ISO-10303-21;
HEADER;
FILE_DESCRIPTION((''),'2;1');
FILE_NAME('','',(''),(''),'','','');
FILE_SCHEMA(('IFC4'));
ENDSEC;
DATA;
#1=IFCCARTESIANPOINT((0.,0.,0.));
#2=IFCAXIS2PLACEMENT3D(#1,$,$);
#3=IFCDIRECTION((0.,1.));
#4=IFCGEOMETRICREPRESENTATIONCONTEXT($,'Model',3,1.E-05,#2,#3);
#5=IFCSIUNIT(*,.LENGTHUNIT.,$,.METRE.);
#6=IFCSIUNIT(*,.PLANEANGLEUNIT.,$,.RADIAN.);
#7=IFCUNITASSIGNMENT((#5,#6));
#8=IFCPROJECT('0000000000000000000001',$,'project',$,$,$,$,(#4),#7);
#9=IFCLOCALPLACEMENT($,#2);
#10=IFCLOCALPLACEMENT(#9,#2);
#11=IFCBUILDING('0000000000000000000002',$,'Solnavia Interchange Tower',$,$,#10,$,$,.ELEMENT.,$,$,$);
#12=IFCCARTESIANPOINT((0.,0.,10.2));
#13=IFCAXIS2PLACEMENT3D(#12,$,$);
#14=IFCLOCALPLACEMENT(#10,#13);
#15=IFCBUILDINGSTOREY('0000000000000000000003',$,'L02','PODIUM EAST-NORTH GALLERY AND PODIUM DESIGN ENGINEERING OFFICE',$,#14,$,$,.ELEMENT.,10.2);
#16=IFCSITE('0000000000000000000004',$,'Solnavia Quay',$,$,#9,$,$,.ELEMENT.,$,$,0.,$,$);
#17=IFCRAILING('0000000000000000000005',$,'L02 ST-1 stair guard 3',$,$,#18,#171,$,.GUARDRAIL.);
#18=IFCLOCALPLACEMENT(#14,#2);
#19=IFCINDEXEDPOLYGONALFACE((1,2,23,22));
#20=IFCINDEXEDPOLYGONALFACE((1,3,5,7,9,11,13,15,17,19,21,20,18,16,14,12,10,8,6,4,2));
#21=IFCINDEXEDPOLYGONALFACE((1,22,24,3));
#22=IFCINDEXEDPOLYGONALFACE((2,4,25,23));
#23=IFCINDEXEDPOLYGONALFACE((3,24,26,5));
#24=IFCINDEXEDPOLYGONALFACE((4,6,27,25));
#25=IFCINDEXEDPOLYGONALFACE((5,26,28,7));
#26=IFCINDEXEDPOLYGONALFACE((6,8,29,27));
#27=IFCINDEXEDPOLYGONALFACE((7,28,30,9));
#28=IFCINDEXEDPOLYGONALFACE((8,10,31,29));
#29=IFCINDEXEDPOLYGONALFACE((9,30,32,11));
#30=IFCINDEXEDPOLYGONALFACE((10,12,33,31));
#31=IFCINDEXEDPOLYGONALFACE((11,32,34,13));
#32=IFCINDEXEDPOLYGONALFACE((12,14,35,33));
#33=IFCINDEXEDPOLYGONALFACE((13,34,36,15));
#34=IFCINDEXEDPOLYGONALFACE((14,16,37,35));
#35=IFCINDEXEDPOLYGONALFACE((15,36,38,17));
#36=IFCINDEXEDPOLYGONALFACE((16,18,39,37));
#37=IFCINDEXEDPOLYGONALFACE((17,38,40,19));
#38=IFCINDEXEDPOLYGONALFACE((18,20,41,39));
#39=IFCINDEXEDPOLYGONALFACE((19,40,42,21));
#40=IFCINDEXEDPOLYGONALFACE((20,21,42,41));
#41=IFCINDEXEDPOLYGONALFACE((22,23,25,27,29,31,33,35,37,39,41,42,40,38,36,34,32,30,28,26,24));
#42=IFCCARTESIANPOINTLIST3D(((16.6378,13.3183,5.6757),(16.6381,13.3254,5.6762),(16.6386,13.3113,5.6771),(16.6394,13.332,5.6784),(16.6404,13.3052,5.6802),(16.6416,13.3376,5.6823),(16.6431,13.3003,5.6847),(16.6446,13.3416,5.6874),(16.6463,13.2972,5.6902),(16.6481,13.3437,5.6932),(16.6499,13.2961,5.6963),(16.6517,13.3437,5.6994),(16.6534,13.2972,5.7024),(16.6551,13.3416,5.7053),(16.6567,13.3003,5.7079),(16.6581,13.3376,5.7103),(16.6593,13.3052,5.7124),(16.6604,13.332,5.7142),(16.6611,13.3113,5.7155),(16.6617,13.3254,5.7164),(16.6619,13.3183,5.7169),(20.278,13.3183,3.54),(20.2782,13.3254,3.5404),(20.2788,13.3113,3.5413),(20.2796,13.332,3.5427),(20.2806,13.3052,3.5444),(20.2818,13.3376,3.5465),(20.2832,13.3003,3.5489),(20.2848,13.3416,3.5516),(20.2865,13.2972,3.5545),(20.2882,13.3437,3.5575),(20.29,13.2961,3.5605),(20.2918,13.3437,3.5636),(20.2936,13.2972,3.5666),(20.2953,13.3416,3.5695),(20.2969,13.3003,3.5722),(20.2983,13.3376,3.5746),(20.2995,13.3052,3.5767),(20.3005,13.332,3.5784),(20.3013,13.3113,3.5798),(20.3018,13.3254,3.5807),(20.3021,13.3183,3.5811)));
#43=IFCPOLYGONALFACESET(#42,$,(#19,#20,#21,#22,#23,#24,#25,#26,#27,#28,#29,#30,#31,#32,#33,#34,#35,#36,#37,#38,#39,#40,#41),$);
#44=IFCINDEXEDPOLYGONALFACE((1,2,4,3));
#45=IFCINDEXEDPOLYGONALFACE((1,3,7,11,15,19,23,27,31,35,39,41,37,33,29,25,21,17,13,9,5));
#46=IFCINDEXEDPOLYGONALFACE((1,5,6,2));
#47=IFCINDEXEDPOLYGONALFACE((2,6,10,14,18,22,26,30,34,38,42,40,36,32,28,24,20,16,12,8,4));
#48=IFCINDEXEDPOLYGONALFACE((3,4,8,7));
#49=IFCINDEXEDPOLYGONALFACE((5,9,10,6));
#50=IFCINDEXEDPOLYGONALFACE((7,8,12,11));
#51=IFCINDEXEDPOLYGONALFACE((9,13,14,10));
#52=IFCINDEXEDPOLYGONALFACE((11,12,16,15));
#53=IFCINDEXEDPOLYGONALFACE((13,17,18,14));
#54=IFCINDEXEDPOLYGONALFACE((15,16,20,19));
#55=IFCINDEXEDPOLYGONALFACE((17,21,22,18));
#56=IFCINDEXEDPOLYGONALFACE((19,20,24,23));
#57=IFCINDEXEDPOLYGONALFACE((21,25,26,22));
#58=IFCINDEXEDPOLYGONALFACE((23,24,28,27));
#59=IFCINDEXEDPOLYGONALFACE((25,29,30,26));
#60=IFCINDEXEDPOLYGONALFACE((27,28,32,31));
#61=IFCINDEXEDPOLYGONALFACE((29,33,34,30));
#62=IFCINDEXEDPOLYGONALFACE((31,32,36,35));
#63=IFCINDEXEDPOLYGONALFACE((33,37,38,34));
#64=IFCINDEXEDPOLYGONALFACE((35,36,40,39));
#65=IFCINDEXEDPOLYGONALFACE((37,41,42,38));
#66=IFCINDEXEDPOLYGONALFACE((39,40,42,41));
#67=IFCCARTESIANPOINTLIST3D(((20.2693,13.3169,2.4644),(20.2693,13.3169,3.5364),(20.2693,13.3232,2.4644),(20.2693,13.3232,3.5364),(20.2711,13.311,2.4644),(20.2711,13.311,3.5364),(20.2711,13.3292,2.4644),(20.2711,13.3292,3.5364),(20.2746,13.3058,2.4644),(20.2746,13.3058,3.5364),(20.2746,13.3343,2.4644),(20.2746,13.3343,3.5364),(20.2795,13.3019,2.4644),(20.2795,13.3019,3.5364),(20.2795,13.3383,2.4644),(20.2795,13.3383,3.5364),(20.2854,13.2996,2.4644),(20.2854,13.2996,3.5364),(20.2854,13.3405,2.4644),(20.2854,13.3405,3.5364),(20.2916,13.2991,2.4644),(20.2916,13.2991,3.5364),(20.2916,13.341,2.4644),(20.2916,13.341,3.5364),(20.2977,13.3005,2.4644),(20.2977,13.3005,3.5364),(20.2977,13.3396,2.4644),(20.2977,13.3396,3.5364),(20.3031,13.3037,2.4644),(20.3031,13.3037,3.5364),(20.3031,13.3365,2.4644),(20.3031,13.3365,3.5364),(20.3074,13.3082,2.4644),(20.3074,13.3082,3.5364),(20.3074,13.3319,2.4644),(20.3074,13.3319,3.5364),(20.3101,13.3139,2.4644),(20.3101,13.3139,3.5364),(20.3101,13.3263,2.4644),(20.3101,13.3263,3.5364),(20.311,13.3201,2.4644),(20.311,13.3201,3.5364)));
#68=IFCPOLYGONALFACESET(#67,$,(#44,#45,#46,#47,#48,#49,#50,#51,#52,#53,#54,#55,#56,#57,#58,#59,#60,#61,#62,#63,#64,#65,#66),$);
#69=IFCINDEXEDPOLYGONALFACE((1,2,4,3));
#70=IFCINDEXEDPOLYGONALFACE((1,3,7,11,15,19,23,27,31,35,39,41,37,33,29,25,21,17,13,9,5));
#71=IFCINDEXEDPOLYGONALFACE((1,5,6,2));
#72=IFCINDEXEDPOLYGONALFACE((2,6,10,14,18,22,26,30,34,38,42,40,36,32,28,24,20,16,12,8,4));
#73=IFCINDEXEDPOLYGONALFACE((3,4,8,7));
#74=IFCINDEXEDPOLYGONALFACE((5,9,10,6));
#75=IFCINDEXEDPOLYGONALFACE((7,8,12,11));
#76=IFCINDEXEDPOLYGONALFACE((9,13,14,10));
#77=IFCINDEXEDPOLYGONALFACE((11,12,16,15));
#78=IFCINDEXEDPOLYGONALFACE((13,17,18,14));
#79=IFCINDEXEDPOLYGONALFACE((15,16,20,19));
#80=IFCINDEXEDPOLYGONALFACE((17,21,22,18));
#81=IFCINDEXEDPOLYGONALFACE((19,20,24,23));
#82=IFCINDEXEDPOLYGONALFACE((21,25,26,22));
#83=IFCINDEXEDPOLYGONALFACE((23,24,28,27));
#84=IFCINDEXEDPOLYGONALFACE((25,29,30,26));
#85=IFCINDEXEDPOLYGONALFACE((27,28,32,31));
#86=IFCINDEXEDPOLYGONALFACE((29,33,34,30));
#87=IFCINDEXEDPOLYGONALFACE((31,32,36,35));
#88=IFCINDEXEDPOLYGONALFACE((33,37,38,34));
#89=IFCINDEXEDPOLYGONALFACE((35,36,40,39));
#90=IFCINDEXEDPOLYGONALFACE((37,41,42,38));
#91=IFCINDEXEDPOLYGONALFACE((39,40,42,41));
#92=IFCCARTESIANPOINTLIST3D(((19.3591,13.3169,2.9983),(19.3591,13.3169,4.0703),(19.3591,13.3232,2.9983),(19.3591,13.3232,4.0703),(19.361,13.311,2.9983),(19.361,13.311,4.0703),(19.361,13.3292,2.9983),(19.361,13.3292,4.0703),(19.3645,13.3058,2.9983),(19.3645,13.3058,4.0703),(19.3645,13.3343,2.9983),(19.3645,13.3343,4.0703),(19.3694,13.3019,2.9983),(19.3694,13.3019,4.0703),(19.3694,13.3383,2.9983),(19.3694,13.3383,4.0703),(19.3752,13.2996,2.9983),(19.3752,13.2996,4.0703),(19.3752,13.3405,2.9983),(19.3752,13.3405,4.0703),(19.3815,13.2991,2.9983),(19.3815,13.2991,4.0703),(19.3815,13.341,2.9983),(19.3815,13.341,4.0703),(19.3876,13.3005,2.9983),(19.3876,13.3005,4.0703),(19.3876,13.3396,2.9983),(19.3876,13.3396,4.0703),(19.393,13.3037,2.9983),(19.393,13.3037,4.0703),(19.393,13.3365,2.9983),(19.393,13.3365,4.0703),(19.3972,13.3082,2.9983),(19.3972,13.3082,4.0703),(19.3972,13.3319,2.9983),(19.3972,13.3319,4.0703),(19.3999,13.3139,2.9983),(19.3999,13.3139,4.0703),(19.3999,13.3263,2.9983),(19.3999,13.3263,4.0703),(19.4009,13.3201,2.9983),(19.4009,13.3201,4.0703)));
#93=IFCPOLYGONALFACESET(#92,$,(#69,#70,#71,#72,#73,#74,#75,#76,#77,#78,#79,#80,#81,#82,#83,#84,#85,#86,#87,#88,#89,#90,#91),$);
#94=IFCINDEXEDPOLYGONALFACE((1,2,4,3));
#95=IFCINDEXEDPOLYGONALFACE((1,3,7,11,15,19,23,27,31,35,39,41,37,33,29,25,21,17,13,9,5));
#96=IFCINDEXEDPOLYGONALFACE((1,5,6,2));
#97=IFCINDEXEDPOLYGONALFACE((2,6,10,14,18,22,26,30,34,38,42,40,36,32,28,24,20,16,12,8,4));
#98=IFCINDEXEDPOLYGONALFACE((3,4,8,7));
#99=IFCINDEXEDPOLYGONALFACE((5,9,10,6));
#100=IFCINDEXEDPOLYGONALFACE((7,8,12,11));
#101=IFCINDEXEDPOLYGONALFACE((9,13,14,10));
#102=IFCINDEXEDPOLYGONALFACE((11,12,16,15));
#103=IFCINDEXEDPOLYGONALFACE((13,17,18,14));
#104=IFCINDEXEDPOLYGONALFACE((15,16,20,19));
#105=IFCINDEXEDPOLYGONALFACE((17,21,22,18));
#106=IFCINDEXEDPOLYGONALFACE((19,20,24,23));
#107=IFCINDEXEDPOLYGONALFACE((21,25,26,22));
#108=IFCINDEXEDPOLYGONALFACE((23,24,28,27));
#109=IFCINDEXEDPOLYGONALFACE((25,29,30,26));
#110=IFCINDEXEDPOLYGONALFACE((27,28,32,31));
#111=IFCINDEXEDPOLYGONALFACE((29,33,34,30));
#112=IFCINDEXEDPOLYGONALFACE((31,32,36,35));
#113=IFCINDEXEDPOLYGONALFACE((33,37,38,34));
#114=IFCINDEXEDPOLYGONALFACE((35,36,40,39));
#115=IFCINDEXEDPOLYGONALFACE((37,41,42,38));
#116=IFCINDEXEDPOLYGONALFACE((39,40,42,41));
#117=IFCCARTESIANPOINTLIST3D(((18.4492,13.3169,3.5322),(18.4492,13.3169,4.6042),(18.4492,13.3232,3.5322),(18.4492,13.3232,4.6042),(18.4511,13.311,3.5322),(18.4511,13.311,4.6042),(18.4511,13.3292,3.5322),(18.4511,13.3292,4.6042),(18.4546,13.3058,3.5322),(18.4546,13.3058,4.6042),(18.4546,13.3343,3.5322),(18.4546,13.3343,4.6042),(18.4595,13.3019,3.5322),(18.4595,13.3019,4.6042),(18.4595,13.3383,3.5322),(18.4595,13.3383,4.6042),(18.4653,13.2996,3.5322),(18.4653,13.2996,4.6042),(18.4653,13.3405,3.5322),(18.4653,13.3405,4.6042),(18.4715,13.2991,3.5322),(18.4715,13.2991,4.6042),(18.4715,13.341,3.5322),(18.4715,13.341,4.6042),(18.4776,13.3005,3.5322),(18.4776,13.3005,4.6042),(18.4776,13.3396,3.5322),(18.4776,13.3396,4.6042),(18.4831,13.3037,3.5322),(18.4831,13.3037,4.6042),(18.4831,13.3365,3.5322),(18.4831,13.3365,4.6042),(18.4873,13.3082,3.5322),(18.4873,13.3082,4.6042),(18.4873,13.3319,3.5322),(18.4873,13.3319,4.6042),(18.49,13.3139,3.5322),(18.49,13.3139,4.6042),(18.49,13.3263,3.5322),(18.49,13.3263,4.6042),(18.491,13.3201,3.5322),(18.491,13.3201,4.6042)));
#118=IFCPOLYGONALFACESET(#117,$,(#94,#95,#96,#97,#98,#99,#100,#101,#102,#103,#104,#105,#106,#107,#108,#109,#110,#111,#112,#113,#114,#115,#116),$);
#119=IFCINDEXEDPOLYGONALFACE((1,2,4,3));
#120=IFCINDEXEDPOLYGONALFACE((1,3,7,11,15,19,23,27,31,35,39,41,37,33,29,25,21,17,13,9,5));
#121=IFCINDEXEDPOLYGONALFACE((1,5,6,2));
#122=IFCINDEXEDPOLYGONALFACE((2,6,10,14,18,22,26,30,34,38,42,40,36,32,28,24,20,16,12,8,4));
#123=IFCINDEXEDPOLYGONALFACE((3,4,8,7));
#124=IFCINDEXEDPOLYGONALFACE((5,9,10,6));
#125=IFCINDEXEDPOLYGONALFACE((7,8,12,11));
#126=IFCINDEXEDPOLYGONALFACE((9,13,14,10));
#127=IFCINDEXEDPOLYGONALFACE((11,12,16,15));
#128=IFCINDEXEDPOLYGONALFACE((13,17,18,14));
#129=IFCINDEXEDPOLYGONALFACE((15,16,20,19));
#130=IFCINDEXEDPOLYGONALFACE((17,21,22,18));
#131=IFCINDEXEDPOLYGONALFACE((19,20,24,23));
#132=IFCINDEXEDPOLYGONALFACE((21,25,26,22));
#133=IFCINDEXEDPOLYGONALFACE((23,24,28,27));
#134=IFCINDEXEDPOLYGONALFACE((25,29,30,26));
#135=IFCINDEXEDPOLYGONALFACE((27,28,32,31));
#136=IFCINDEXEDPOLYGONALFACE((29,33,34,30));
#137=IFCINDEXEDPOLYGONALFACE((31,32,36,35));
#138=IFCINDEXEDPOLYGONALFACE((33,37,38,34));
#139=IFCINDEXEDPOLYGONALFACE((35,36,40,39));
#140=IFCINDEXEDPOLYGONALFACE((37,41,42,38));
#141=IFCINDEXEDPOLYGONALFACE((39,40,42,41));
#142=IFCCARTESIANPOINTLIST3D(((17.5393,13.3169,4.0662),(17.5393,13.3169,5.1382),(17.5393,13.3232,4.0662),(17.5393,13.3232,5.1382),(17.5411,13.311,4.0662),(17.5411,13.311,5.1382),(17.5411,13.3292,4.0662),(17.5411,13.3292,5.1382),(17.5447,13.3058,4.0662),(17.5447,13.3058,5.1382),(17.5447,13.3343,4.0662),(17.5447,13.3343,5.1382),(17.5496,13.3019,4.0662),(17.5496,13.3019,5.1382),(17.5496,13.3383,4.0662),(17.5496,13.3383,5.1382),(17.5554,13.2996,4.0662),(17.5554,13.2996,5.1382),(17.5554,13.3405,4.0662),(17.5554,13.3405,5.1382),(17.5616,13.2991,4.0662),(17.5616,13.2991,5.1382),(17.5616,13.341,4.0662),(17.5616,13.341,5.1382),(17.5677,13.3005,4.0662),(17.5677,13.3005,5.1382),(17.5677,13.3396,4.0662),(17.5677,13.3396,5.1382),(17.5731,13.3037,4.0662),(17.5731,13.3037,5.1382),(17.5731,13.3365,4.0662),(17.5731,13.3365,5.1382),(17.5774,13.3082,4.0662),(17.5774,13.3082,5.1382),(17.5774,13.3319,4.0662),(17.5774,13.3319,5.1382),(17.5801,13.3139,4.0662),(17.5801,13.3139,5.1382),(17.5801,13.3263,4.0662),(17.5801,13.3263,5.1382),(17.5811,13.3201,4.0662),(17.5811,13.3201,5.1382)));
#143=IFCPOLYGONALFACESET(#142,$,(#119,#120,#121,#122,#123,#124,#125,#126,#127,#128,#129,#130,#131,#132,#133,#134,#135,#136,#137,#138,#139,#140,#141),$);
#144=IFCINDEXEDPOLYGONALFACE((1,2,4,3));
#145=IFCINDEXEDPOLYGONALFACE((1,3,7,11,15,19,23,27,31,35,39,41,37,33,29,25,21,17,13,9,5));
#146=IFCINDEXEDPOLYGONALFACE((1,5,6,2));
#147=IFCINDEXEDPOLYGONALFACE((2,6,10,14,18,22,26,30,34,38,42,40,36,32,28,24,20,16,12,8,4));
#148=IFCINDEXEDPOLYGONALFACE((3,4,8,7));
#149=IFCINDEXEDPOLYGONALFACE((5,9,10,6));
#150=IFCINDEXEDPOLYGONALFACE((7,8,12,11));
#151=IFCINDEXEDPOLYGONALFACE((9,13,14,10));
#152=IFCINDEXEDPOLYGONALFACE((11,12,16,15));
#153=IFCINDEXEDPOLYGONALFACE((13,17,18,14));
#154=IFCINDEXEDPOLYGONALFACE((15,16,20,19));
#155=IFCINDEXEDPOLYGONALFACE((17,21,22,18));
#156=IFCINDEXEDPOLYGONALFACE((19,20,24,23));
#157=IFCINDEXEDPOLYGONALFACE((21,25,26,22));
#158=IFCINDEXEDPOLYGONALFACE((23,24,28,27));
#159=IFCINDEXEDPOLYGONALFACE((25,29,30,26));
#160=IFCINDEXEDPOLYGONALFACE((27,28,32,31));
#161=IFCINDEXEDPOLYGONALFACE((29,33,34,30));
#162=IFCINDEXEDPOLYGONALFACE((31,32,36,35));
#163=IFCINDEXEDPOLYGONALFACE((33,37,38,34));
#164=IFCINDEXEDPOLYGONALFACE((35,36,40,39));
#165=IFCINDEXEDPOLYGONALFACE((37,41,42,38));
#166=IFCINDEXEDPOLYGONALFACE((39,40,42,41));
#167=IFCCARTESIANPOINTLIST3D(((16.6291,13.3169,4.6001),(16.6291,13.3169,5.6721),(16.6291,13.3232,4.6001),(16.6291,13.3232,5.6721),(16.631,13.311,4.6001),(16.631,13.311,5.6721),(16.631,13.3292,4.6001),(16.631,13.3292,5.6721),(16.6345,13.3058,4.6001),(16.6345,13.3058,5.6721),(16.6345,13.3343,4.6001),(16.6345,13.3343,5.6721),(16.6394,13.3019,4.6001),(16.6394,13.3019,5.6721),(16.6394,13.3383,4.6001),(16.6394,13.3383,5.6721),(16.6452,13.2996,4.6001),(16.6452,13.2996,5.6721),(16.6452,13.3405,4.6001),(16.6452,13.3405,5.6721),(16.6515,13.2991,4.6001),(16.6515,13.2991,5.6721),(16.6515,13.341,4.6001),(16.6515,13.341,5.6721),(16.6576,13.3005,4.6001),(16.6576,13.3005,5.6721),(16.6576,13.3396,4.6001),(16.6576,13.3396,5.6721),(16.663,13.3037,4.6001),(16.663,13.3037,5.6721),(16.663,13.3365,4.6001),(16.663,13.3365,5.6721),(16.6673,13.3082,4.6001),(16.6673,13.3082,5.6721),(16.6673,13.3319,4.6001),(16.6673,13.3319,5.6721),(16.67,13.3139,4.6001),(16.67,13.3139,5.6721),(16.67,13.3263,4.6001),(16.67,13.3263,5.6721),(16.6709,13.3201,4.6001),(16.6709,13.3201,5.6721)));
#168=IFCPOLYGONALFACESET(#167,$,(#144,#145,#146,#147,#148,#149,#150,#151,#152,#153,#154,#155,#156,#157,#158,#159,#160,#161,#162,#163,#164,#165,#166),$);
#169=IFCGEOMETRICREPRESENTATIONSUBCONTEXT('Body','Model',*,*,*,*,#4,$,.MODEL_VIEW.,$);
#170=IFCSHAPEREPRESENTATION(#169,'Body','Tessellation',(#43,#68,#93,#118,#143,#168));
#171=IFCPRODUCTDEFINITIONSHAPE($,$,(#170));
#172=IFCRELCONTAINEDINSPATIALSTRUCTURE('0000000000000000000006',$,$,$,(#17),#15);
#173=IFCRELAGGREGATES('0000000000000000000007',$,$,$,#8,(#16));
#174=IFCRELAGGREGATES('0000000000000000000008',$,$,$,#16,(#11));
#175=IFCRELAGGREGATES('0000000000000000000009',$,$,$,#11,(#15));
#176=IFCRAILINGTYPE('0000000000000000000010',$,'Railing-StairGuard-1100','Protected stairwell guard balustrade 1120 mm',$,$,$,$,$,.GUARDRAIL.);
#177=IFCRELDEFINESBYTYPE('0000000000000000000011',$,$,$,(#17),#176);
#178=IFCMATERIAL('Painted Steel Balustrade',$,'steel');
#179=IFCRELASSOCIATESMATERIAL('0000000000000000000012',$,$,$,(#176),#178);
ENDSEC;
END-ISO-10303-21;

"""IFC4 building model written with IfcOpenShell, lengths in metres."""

from ifc_helpers import new_model, si_unit, direction, frame, origin, origin_2d, place, context, subcontext, project, spatial, circle, extrude, material, type_object, element, save


model = new_model("IFC4")

# Units and contexts
model_context = context("Model", 3, precision=1e-05, world=origin(), true_north=direction((0.0, 1.0)))
body_context = subcontext(model_context, "Body", "Model", "MODEL_VIEW")
ifc_project = project(units=[si_unit("LENGTHUNIT", "METRE"), si_unit("PLANEANGLEUNIT", "RADIAN")], contexts=[model_context])

# Site, building, storey
site_placement = place(None, origin())
site = spatial("IfcSite", under=ifc_project, at=site_placement, Name="Solnavia Quay", CompositionType="ELEMENT", RefElevation=0.0)
building_placement = place(site_placement, origin())
building = spatial("IfcBuilding", under=site, at=building_placement, Name="Solnavia Interchange Tower", CompositionType="ELEMENT")
storey_placement = place(building_placement, frame((0.0, 0.0, 10.2)))
storey = spatial("IfcBuildingStorey", under=building, at=storey_placement, Name="L02", Description="PODIUM EAST-NORTH GALLERY AND PODIUM DESIGN ENGINEERING OFFICE", CompositionType="ELEMENT", Elevation=10.2)

# Railing
ifc_material_1 = material(Name="Painted Steel Balustrade", Category="steel")
railing_type_1 = type_object("IfcRailingType", Name="Railing-StairGuard-1100", Description="Protected stairwell guard balustrade 1120 mm", PredefinedType="GUARDRAIL", material=ifc_material_1)
railing_1_placement = place(storey_placement, frame((20.29, 13.3201, 2.4644)))
element("IfcRailing", 1, at=railing_1_placement, inside=storey, type_object=railing_type_1, Name="L02 ST-1 stair guard 3", PredefinedType="GUARDRAIL", context=body_context, shape_type="SweptSolid", body=[
    extrude(circle(Radius=0.0239, at=origin_2d()), frame((0.0, 0.0, 1.0962), z_axis=(-0.862505, 0.0, 0.506049), x_axis=(0.0, -1.0, 0.0)), (0.0, 0.0, 1.0), 4.2205),
    extrude(circle(Radius=0.021, at=origin_2d()), origin(), (0.0, 0.0, 1.0), 1.072),
    extrude(circle(Radius=0.021, at=origin_2d()), frame((-0.9102, 0.0, 0.5339)), (0.0, 0.0, 1.0), 1.072),
    extrude(circle(Radius=0.021, at=origin_2d()), frame((-1.8201, 0.0, 1.0679)), (0.0, 0.0, 1.0), 1.072),
    extrude(circle(Radius=0.021, at=origin_2d()), frame((-2.73, 0.0, 1.6018)), (0.0, 0.0, 1.0), 1.072),
    extrude(circle(Radius=0.021, at=origin_2d()), frame((-3.6401, 0.0, 2.1357)), (0.0, 0.0, 1.0), 1.072),
])

save(model, "model.ifc")
